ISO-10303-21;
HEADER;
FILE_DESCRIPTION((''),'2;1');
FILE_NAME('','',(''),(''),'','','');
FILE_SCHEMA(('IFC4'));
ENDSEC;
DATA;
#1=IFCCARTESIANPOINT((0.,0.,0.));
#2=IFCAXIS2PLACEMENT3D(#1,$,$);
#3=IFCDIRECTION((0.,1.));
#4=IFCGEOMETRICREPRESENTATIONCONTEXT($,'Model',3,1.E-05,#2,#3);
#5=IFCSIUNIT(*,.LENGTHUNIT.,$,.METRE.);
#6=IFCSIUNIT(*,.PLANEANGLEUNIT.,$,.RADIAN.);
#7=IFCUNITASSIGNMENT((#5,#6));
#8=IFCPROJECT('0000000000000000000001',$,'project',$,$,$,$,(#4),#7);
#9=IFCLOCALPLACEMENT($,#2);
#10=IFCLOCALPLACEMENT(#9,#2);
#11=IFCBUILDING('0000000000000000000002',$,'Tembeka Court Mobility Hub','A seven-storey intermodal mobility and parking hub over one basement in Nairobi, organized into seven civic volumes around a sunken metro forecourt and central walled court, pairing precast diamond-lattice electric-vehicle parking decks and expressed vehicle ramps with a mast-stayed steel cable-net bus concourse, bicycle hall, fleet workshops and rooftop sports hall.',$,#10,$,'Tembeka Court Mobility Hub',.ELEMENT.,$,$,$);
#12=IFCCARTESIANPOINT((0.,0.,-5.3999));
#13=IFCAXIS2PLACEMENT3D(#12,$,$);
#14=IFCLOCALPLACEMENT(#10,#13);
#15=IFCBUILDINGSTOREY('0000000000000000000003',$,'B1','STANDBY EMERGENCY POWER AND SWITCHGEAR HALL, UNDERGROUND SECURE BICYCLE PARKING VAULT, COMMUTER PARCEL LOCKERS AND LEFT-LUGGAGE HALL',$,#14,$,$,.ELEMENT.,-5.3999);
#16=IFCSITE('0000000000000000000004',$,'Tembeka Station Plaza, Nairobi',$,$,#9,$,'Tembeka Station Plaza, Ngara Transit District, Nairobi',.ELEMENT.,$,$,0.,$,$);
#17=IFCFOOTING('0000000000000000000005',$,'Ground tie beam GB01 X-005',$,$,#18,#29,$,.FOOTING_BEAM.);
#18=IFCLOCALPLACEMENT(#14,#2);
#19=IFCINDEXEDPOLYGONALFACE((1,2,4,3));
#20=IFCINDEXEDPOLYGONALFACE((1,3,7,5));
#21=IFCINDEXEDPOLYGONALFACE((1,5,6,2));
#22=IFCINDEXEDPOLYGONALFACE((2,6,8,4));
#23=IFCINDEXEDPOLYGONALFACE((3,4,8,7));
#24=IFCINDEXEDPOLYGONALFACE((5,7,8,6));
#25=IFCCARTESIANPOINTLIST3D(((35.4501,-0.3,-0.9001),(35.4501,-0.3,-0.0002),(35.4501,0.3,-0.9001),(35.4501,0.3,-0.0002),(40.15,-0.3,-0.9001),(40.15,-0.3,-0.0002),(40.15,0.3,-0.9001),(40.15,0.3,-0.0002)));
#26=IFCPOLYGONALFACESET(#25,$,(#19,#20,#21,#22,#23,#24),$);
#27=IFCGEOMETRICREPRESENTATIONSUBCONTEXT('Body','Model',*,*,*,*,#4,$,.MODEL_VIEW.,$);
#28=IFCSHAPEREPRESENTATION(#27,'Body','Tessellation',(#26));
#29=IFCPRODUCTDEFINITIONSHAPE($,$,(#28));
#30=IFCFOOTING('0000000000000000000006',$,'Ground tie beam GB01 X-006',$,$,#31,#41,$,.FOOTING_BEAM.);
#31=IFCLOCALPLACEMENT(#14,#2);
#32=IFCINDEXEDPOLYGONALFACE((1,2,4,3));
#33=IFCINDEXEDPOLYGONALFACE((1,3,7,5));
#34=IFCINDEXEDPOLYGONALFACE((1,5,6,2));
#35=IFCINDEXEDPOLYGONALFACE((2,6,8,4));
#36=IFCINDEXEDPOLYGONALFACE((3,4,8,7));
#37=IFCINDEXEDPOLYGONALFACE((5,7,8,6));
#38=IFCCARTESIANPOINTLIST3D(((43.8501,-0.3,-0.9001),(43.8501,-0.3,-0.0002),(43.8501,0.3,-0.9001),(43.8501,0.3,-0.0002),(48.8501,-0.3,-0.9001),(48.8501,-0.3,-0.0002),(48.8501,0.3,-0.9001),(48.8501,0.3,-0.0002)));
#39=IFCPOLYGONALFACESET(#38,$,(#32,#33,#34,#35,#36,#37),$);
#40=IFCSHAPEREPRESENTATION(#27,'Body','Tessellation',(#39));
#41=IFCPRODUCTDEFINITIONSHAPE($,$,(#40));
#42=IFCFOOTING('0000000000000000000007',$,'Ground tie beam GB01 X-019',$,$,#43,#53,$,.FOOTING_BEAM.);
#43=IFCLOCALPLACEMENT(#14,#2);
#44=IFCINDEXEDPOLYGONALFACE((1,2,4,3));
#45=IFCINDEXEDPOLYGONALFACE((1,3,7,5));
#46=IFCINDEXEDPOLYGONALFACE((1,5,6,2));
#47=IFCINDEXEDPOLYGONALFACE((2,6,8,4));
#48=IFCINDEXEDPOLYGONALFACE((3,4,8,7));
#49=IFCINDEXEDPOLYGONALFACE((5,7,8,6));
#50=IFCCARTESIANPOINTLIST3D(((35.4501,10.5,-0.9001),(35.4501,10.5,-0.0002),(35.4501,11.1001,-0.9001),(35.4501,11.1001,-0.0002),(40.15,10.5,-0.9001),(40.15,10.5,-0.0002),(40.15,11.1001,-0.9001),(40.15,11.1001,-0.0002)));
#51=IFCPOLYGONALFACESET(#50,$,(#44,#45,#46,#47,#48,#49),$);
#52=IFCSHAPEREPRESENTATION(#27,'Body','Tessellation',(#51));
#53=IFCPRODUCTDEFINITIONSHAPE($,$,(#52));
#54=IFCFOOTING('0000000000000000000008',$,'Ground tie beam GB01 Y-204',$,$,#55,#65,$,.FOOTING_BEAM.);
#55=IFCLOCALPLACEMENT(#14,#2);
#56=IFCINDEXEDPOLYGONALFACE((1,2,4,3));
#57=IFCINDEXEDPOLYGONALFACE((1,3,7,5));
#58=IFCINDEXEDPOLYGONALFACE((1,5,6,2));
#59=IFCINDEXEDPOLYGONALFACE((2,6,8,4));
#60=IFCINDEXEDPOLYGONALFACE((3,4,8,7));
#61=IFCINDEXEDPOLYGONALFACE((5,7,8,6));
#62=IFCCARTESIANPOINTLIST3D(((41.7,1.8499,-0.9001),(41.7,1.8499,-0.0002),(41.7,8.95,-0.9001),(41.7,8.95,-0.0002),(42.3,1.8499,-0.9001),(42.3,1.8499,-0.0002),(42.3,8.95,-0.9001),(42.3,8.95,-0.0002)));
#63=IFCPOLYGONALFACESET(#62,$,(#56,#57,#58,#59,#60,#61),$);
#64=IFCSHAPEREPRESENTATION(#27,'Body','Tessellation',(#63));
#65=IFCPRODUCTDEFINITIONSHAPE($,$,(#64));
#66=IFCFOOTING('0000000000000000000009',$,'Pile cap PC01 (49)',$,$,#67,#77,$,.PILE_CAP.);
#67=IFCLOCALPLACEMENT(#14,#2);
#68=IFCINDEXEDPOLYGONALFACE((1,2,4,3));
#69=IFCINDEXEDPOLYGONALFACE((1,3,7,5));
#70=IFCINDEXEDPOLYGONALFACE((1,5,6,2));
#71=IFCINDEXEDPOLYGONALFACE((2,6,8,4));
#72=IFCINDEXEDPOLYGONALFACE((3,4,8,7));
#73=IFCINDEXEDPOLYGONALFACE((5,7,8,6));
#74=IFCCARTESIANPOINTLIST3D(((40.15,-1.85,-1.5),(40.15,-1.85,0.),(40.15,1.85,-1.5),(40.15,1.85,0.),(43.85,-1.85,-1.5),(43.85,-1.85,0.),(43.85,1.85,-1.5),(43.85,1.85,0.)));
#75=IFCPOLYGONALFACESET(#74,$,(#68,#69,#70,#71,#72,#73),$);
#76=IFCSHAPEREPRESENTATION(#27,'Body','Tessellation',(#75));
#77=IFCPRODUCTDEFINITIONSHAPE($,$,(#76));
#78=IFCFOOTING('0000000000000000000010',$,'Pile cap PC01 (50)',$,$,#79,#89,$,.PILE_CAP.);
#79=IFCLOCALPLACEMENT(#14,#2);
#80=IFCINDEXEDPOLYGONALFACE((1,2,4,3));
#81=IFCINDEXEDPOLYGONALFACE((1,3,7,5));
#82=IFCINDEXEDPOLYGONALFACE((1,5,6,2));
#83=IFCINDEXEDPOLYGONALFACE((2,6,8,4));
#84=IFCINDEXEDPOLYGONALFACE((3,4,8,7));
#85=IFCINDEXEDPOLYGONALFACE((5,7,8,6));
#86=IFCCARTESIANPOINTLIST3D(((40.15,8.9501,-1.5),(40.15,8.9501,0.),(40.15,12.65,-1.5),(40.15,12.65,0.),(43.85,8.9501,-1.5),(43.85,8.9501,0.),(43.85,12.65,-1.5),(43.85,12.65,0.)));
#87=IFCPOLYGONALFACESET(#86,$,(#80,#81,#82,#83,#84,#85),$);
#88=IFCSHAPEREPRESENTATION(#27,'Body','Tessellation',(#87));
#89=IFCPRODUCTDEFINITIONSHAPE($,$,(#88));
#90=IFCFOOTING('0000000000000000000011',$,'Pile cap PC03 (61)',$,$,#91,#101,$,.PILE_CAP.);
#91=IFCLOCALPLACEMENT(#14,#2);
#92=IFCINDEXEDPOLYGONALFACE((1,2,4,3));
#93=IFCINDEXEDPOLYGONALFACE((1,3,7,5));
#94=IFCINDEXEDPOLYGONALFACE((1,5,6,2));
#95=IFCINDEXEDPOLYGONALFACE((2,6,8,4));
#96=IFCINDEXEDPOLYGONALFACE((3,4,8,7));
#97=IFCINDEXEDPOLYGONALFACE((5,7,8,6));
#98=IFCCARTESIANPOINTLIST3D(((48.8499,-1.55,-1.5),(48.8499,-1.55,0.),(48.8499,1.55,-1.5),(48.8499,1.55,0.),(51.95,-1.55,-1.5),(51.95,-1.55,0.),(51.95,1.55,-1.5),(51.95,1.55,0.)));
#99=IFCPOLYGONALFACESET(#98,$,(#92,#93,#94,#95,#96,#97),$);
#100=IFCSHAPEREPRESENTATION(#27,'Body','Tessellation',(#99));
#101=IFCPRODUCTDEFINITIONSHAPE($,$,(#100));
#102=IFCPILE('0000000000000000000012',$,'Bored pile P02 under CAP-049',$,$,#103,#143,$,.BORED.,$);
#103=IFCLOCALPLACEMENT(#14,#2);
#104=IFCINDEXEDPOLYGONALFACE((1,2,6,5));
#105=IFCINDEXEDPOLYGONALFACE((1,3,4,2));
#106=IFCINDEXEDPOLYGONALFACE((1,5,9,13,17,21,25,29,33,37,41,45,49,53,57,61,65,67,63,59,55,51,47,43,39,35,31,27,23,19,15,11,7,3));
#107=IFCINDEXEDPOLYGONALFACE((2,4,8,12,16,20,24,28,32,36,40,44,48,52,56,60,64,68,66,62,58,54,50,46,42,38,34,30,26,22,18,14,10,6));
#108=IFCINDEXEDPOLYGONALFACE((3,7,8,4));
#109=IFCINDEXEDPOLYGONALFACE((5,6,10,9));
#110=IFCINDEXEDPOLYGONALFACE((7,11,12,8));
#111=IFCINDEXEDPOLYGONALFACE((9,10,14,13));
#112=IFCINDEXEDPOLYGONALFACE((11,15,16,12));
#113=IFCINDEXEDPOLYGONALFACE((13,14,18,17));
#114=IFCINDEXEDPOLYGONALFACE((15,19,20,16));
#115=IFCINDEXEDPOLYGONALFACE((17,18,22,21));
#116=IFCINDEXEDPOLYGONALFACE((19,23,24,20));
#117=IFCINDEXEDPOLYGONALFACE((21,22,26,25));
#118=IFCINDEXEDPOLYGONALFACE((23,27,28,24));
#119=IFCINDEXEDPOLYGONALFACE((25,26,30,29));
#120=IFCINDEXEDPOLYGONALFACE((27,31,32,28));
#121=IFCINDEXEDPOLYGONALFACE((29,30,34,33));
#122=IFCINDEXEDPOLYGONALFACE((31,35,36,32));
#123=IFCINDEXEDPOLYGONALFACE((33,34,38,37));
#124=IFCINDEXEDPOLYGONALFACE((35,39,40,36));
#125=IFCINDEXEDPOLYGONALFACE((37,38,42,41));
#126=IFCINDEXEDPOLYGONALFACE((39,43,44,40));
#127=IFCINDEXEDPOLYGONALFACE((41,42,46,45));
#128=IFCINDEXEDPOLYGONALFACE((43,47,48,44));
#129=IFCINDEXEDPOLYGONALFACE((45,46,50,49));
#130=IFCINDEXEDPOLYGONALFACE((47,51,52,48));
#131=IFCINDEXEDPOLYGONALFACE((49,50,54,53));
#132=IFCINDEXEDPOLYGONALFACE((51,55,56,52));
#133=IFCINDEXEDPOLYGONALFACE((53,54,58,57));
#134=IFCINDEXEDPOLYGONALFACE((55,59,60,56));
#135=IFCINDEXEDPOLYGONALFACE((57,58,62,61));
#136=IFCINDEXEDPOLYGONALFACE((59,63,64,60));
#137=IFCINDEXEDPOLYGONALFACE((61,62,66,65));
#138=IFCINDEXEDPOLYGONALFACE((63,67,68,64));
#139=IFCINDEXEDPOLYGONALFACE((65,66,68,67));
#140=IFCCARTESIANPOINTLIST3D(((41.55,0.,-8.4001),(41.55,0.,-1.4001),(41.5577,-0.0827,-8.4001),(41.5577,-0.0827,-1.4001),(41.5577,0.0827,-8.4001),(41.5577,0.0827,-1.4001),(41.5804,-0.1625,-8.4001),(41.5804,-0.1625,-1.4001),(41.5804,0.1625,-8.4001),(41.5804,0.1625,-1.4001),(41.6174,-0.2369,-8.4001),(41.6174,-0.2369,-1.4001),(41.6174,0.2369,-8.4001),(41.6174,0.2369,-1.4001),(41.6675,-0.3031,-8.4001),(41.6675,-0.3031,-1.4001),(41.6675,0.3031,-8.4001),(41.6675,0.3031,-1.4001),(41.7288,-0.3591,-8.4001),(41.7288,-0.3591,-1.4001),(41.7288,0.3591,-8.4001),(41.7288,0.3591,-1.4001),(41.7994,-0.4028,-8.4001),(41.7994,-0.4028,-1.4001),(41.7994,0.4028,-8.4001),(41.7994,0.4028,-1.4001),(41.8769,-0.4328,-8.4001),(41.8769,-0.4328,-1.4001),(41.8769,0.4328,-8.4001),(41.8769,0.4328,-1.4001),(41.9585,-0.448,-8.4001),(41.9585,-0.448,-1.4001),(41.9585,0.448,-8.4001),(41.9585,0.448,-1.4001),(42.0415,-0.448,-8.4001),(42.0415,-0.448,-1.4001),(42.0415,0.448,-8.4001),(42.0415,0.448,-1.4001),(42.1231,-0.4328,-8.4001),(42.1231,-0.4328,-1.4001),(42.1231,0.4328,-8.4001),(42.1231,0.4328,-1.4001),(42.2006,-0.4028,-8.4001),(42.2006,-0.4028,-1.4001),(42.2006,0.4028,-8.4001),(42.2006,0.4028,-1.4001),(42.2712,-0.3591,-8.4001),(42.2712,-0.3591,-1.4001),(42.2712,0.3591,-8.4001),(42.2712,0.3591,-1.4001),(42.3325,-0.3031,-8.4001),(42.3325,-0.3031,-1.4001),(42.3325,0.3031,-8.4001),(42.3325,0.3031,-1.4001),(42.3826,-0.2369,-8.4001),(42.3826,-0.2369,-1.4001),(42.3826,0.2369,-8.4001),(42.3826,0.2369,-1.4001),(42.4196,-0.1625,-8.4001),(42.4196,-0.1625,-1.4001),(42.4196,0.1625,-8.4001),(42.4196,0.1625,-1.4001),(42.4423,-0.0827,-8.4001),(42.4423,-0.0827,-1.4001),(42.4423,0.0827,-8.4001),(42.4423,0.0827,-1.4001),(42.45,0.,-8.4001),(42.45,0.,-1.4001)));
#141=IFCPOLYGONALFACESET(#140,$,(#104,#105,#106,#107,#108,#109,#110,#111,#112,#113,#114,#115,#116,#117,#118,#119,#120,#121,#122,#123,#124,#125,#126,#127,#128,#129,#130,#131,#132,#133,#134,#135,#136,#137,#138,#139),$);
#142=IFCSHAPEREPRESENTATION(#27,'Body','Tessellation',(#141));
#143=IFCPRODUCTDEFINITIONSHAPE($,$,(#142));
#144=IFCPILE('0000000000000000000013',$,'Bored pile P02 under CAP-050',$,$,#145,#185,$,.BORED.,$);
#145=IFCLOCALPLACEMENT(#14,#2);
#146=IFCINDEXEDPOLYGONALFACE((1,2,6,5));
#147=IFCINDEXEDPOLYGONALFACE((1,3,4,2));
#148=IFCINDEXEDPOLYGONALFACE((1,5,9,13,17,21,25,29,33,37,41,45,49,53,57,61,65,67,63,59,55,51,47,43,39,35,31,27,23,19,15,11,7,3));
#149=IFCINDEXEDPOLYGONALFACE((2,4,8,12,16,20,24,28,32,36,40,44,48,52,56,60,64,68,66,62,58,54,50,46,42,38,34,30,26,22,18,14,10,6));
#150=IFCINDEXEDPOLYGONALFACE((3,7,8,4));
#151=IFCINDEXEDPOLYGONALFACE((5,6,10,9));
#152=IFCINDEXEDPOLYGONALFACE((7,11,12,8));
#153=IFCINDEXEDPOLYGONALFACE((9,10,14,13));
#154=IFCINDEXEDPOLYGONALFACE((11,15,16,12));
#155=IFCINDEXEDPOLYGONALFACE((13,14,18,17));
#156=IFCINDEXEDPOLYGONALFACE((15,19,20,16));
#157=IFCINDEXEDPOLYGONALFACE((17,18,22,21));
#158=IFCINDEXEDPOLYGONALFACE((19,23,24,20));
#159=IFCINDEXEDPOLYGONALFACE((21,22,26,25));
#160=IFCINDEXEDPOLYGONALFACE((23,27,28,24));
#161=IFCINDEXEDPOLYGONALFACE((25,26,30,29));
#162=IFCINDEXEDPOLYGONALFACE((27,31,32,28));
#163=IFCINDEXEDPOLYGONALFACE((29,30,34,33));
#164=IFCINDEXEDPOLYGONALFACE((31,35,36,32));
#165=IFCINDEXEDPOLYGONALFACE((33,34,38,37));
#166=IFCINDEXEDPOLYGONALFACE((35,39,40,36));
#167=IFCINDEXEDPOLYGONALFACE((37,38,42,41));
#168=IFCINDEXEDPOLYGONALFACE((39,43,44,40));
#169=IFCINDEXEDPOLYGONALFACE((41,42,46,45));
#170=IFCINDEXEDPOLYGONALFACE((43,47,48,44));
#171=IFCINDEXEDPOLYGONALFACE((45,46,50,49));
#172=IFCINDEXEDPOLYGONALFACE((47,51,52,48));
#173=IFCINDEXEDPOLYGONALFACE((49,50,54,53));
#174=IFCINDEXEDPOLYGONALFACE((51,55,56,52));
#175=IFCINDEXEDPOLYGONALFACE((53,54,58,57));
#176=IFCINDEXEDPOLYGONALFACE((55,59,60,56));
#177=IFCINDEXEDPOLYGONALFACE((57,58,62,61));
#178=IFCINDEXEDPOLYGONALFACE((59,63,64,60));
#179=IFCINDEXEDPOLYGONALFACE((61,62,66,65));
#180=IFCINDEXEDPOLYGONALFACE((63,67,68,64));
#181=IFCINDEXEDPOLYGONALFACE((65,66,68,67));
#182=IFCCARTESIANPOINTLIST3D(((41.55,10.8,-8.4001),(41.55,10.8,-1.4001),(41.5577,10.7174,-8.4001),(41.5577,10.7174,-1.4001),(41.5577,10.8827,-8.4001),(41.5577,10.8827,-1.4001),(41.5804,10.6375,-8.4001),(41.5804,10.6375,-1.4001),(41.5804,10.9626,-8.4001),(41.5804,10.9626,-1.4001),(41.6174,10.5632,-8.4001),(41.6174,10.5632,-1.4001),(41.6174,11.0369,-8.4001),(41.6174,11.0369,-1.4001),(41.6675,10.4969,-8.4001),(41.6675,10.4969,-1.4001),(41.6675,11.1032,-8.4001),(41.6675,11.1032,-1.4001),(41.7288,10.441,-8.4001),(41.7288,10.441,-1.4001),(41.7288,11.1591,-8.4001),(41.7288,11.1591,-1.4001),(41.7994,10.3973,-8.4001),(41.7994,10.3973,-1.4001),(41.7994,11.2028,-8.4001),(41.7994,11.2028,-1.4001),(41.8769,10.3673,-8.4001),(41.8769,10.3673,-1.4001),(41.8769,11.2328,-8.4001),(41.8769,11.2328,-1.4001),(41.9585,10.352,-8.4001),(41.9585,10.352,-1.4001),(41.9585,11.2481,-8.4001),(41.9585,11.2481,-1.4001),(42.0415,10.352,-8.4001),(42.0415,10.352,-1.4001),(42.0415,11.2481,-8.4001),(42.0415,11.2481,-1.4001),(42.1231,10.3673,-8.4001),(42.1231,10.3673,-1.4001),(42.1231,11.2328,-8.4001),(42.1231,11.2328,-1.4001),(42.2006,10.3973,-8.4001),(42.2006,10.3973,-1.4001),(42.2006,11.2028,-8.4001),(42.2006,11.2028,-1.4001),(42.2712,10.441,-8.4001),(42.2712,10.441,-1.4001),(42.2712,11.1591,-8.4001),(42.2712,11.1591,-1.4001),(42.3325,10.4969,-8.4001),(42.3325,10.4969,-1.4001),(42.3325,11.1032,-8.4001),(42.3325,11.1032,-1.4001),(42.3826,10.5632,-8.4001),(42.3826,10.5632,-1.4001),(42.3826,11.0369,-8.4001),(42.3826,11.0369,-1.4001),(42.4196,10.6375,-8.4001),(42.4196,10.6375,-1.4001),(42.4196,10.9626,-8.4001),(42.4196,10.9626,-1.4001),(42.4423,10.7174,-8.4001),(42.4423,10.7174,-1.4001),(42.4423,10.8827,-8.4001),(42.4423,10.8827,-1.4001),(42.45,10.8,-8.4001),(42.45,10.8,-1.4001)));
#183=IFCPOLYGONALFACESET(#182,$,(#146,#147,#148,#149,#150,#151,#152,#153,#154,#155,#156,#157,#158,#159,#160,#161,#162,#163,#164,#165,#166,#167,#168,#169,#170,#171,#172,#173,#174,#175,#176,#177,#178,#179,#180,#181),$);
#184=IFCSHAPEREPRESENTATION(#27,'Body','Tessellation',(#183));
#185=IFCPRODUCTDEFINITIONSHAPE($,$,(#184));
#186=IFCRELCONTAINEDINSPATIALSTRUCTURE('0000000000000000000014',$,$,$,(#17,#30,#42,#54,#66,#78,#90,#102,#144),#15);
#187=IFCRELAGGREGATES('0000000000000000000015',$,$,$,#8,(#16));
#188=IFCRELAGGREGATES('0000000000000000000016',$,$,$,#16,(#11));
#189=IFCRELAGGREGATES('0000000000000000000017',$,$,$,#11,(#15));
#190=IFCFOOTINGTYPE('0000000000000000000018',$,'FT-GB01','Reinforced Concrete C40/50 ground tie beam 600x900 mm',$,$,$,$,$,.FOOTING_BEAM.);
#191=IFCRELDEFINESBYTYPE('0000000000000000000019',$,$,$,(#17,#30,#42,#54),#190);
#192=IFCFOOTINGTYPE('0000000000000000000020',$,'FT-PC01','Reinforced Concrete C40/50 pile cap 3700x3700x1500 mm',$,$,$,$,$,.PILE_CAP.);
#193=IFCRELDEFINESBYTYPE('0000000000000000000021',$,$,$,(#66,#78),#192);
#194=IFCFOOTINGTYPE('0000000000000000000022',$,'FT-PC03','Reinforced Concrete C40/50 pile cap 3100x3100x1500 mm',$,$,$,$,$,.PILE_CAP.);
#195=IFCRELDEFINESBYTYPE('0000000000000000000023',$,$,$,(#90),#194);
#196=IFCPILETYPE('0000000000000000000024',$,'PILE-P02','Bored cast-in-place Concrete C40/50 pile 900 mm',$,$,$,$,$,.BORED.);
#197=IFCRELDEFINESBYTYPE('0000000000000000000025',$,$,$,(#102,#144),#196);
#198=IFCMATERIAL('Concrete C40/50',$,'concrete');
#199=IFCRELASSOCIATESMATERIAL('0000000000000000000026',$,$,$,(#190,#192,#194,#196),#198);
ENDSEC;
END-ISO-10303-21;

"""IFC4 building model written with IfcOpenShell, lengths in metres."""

from ifc_helpers import new_model, si_unit, direction, frame, origin, origin_2d, place, context, subcontext, project, spatial, rectangle, circle, extrude, material, material_profile, profile_set, type_object, element, save


model = new_model("IFC4")

# Units and contexts
model_context = context("Model", 3, precision=1e-05, world=origin(), true_north=direction((0.0, 1.0)))
body_context = subcontext(model_context, "Body", "Model", "MODEL_VIEW")
ifc_project = project(units=[si_unit("LENGTHUNIT", "METRE"), si_unit("PLANEANGLEUNIT", "RADIAN")], contexts=[model_context])

# Site, building, storey
site_placement = place(None, origin())
site = spatial("IfcSite", under=ifc_project, at=site_placement, Name="Tembeka Station Plaza, Nairobi", LongName="Tembeka Station Plaza, Ngara Transit District, Nairobi", CompositionType="ELEMENT", RefElevation=0.0)
building_placement = place(site_placement, origin())
building = spatial("IfcBuilding", under=site, at=building_placement, Name="Tembeka Court Mobility Hub", Description="A seven-storey intermodal mobility and parking hub over one basement in Nairobi, organized into seven civic volumes around a sunken metro forecourt and central walled court, pairing precast diamond-lattice electric-vehicle parking decks and expressed vehicle ramps with a mast-stayed steel cable-net bus concourse, bicycle hall, fleet workshops and rooftop sports hall.", LongName="Tembeka Court Mobility Hub", CompositionType="ELEMENT")
storey_placement = place(building_placement, frame((0.0, 0.0, -5.3999)))
storey = spatial("IfcBuildingStorey", under=building, at=storey_placement, Name="B1", Description="STANDBY EMERGENCY POWER AND SWITCHGEAR HALL, UNDERGROUND SECURE BICYCLE PARKING VAULT, COMMUTER PARCEL LOCKERS AND LEFT-LUGGAGE HALL", CompositionType="ELEMENT", Elevation=-5.3999)

# Footings
ifc_material_1 = material(Name="Concrete C40/50", Category="concrete")
footing_type_1 = type_object("IfcFootingType", Name="FT-GB01", Description="Reinforced Concrete C40/50 ground tie beam 600x900 mm", PredefinedType="FOOTING_BEAM", material=ifc_material_1)
footing_1_placement = place(storey_placement, frame((37.8, 0.0, -0.9001), z_axis=(0.0, 0.0, 1.0), x_axis=(1.0, 0.0, 0.0)))
element("IfcFooting", 1, at=footing_1_placement, inside=storey, type_object=footing_type_1, Name="Ground tie beam GB01 X-005", PredefinedType="FOOTING_BEAM", context=body_context, shape_type="SweptSolid", body=[
    extrude(rectangle(XDim=4.7, YDim=0.6001, at=origin_2d()), origin(), (0.0, 0.0, 1.0), 0.8999),
])
footing_2_placement = place(storey_placement, frame((46.3501, 0.0, -0.9001), z_axis=(0.0, 0.0, 1.0), x_axis=(1.0, 0.0, 0.0)))
element("IfcFooting", 2, at=footing_2_placement, inside=storey, type_object=footing_type_1, Name="Ground tie beam GB01 X-006", PredefinedType="FOOTING_BEAM", context=body_context, shape_type="SweptSolid", body=[
    extrude(rectangle(XDim=5.0, YDim=0.6001, at=origin_2d()), origin(), (0.0, 0.0, 1.0), 0.8999),
])
footing_3_placement = place(storey_placement, frame((37.8, 10.8, -0.9001), z_axis=(0.0, 0.0, 1.0), x_axis=(1.0, 0.0, 0.0)))
element("IfcFooting", 3, at=footing_3_placement, inside=storey, type_object=footing_type_1, Name="Ground tie beam GB01 X-019", PredefinedType="FOOTING_BEAM", context=body_context, shape_type="SweptSolid", body=[
    extrude(rectangle(XDim=4.7, YDim=0.6001, at=origin_2d()), origin(), (0.0, 0.0, 1.0), 0.8999),
])
footing_4_placement = place(storey_placement, frame((42.0, 5.3999, -0.9001), z_axis=(0.0, 0.0, 1.0), x_axis=(0.0, 1.0, 0.0)))
element("IfcFooting", 4, at=footing_4_placement, inside=storey, type_object=footing_type_1, Name="Ground tie beam GB01 Y-204", PredefinedType="FOOTING_BEAM", context=body_context, shape_type="SweptSolid", body=[
    extrude(rectangle(XDim=7.1001, YDim=0.6001, at=origin_2d()), origin(), (0.0, 0.0, 1.0), 0.8999),
])
footing_type_2 = type_object("IfcFootingType", Name="FT-PC01", Description="Reinforced Concrete C40/50 pile cap 3700x3700x1500 mm", PredefinedType="PILE_CAP", material=ifc_material_1)
for number, where, z_axis, x_axis, name in (
    (5, (42.0, 0.0, -1.5), (0.0, 0.0, 1.0), (1.0, 0.0, 0.0), "Pile cap PC01 (49)"),
    (6, (42.0, 10.8, -1.5), (0.0, 0.0, 1.0), (1.0, 0.0, 0.0), "Pile cap PC01 (50)"),
):
    element("IfcFooting", number, at=place(storey_placement, frame(where, z_axis=z_axis, x_axis=x_axis)), inside=storey, type_object=footing_type_2, Name=name, PredefinedType="PILE_CAP", context=body_context, shape_type="SweptSolid", body=[
        extrude(rectangle(XDim=3.7, YDim=3.7, at=origin_2d()), origin(), (0.0, 0.0, 1.0), 1.5),
    ])
footing_type_3 = type_object("IfcFootingType", Name="FT-PC03", Description="Reinforced Concrete C40/50 pile cap 3100x3100x1500 mm", PredefinedType="PILE_CAP", material=ifc_material_1)
footing_5_placement = place(storey_placement, frame((50.3999, 0.0, -1.5), z_axis=(0.0, 0.0, 1.0), x_axis=(1.0, 0.0, 0.0)))
element("IfcFooting", 7, at=footing_5_placement, inside=storey, type_object=footing_type_3, Name="Pile cap PC03 (61)", PredefinedType="PILE_CAP", context=body_context, shape_type="SweptSolid", body=[
    extrude(rectangle(XDim=3.1001, YDim=3.1001, at=origin_2d()), origin(), (0.0, 0.0, 1.0), 1.5),
])

# Piles
ifc_material_profile_1 = material_profile(ifc_material_1, circle(Radius=0.45, at=origin_2d()), Name="PILE D900")
ifc_profile_set_1 = profile_set([ifc_material_profile_1], Name="Concrete C40/50")
pile_type = type_object("IfcPileType", Name="PILE-P02", Description="Bored cast-in-place Concrete C40/50 pile 900 mm", PredefinedType="BORED", material=ifc_profile_set_1)
for number, where, z_axis, x_axis, name in (
    (8, (42.0, 0.0, -1.4001), (0.0, 0.0, -1.0), (1.0, 0.0, 0.0), "Bored pile P02 under CAP-049"),
    (9, (42.0, 10.8, -1.4001), (0.0, 0.0, -1.0), (1.0, 0.0, 0.0), "Bored pile P02 under CAP-050"),
):
    element("IfcPile", number, at=place(storey_placement, frame(where, z_axis=z_axis, x_axis=x_axis)), inside=storey, type_object=pile_type, Name=name, PredefinedType="BORED", context=body_context, shape_type="SweptSolid", body=[
        extrude(circle(Radius=0.45, at=origin_2d()), origin(), (0.0, 0.0, 1.0), 7.0),
    ])

save(model, "model.ifc")
